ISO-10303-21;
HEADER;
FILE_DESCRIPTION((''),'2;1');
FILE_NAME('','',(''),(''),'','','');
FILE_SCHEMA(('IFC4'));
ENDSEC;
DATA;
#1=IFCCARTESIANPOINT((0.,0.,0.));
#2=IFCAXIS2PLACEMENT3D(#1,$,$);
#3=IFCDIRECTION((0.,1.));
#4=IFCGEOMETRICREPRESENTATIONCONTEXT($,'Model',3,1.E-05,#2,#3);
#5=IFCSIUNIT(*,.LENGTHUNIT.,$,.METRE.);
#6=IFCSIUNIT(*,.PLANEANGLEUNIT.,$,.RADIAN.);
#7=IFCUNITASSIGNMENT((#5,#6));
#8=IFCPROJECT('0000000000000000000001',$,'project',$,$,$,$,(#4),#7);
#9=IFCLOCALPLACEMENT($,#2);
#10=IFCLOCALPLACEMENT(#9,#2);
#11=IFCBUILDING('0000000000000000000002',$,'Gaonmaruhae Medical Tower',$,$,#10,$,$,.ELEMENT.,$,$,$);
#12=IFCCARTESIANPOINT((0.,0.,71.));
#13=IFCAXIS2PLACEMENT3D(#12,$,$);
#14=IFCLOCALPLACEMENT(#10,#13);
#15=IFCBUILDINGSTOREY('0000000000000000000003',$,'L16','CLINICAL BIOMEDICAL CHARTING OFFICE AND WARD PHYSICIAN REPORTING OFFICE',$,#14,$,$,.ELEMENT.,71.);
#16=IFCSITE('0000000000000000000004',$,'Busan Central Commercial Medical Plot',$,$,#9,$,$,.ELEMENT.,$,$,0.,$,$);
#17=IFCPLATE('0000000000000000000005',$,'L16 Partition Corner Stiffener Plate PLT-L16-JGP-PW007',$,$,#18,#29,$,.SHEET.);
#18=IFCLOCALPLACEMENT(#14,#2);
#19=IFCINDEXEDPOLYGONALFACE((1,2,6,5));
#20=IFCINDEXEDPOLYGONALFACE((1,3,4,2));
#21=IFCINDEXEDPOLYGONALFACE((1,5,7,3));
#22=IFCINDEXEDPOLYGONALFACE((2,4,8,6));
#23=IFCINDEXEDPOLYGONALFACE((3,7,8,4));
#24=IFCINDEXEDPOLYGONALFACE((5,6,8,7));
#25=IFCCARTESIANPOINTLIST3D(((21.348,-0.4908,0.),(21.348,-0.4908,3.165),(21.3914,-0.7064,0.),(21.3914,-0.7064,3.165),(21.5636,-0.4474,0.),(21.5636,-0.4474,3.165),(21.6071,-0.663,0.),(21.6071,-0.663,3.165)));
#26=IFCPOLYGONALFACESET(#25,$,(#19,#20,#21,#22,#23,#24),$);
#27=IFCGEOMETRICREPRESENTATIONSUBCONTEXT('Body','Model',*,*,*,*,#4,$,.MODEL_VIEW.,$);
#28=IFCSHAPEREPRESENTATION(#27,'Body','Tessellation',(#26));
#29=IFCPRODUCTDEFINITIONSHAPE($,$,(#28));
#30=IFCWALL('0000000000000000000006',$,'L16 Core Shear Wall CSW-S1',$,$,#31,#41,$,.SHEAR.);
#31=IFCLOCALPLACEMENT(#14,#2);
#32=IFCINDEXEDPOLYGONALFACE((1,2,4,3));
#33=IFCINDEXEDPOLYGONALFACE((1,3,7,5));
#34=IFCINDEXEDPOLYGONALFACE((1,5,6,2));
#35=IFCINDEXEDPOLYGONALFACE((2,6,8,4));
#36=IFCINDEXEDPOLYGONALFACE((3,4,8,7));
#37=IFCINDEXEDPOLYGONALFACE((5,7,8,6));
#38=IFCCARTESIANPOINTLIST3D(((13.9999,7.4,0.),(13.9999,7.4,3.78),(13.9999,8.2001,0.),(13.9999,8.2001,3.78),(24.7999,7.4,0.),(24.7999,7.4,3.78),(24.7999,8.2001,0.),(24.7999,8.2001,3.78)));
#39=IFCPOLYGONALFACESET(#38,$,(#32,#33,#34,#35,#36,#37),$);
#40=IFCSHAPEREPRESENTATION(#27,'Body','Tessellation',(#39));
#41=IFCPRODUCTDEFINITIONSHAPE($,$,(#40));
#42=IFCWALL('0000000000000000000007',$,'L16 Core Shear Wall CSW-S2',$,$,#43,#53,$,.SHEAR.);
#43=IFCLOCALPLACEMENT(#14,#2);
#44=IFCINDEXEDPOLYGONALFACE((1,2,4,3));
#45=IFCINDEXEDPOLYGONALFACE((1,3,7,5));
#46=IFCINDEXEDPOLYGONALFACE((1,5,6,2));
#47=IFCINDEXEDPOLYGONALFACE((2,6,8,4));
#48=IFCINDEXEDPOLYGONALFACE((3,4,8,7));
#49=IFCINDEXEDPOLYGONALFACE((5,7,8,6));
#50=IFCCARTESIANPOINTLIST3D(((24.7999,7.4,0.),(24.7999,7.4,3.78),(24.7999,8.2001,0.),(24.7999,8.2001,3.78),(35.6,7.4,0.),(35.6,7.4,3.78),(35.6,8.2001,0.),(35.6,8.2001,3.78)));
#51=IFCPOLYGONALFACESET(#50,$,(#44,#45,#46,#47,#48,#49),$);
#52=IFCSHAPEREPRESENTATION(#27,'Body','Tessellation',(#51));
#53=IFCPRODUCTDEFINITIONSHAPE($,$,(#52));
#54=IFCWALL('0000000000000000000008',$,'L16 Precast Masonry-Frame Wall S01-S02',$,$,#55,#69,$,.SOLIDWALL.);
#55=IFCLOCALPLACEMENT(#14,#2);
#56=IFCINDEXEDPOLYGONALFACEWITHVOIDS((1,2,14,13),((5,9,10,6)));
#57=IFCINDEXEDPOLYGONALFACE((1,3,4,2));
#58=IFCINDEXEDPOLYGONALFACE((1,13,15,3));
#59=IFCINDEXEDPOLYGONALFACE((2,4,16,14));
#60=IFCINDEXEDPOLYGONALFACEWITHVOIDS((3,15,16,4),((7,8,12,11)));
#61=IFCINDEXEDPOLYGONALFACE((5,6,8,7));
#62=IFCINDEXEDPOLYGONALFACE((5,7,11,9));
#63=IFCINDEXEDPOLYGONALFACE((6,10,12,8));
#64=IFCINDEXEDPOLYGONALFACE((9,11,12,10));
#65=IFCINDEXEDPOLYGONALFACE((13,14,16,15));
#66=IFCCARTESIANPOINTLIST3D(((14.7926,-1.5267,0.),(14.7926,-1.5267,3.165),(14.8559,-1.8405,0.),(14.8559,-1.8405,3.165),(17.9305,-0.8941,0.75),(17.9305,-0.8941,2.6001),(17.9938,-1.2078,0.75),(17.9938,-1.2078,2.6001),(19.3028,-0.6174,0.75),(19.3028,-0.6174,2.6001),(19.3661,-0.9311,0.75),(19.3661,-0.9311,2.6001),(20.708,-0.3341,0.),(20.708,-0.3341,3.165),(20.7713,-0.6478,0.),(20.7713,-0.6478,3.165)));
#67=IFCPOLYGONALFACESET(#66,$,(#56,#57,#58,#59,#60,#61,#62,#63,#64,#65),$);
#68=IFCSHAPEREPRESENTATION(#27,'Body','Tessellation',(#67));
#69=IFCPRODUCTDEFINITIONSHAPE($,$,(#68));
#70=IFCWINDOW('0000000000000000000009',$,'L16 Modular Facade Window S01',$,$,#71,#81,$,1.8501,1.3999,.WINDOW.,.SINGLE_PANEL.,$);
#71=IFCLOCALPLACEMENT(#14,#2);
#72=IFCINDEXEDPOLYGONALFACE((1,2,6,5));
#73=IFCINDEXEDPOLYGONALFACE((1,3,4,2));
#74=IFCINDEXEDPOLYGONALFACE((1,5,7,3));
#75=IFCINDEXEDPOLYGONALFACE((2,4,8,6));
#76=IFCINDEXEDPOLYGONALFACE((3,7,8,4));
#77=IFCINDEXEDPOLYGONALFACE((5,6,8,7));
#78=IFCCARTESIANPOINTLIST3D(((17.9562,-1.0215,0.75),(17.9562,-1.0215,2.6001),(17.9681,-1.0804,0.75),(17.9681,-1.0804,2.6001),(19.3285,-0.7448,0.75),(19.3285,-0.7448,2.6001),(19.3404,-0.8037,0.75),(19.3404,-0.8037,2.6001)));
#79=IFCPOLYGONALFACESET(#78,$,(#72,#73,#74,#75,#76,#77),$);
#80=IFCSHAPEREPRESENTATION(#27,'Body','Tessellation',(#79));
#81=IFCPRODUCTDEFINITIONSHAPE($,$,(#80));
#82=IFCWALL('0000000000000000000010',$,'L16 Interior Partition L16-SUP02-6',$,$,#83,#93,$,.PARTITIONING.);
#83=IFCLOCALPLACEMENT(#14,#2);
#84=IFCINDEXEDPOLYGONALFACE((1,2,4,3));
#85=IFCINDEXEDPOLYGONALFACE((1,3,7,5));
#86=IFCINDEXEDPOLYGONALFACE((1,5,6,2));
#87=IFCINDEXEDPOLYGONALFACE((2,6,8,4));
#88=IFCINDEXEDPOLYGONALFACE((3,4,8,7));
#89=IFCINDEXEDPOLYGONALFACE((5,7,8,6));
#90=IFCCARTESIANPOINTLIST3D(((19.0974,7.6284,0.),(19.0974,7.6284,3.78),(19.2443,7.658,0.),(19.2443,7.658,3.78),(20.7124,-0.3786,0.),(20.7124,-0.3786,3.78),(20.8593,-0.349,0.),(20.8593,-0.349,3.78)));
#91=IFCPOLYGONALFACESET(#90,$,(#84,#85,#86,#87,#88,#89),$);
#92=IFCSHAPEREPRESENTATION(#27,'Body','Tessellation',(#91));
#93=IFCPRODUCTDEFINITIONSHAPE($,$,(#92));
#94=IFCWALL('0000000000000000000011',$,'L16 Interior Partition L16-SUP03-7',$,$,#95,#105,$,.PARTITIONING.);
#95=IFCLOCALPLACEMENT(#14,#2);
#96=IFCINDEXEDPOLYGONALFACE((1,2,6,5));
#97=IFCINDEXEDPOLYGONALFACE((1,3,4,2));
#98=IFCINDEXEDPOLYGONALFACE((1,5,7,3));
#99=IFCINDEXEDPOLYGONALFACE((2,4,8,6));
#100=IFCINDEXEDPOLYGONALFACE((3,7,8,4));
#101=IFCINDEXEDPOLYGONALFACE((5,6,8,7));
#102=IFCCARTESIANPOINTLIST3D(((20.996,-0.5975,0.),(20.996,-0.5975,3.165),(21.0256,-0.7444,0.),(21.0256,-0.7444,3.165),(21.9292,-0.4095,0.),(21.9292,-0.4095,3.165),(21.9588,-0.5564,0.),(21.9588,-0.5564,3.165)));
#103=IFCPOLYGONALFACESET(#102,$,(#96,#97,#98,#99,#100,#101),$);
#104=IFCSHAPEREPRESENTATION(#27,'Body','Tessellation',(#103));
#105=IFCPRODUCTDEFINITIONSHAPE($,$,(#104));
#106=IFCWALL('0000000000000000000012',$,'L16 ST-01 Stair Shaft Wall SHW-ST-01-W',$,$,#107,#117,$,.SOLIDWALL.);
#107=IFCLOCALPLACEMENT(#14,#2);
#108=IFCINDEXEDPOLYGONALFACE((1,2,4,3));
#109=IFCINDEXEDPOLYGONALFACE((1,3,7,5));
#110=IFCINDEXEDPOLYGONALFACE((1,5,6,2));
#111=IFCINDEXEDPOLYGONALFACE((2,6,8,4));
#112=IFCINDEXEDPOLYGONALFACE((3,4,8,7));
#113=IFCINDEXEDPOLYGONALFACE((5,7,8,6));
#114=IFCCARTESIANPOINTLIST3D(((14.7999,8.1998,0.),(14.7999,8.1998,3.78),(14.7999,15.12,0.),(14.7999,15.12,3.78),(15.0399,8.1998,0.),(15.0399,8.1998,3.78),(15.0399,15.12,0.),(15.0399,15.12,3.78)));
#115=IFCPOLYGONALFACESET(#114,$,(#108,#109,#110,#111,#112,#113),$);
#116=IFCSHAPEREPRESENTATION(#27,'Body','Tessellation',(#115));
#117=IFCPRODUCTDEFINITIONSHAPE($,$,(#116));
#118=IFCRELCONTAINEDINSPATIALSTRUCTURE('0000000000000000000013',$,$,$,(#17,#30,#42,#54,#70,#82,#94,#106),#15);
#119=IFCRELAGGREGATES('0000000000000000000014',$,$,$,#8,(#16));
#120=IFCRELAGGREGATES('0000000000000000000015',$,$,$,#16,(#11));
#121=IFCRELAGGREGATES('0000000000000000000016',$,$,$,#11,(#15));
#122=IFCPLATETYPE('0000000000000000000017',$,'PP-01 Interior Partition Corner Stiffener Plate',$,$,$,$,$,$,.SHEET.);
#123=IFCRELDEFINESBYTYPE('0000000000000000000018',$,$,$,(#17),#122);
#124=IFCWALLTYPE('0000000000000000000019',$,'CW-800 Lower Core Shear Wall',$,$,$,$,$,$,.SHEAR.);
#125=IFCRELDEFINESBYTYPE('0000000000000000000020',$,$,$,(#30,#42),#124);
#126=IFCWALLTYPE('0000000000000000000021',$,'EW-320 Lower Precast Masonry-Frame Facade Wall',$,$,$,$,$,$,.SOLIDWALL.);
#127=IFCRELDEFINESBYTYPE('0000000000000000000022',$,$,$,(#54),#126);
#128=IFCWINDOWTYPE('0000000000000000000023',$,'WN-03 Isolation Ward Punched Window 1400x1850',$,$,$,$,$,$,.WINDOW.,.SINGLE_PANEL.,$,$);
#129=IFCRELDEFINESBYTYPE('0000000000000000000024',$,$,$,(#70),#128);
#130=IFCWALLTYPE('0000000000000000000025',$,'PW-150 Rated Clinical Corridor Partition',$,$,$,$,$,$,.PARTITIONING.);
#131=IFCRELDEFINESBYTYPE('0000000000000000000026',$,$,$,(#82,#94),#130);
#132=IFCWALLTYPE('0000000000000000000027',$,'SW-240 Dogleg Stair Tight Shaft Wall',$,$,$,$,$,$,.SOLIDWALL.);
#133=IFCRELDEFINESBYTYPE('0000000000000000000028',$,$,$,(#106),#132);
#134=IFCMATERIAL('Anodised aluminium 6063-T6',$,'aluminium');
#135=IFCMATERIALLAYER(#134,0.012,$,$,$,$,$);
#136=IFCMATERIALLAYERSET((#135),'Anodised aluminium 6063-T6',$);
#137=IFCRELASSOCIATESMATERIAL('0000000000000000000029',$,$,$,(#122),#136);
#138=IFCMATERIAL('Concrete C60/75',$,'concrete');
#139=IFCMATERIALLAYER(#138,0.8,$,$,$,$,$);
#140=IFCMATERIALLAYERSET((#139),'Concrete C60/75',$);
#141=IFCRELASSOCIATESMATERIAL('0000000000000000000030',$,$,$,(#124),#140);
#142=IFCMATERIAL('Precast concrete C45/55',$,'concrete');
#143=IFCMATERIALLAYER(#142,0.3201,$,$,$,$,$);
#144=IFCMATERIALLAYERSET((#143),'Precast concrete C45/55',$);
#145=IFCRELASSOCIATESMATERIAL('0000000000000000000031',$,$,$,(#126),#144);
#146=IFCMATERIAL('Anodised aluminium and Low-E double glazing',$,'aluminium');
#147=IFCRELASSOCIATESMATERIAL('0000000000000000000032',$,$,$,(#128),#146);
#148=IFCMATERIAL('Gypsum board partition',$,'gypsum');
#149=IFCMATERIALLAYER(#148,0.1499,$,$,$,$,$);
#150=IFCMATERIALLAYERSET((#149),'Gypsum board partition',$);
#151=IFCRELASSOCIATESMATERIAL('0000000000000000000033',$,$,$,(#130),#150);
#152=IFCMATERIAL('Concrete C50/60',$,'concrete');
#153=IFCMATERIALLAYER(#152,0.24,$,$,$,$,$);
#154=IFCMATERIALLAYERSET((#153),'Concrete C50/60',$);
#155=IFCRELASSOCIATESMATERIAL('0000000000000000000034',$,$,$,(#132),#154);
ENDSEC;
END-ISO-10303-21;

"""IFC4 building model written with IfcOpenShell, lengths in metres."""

from ifc_helpers import new_model, si_unit, direction, frame, frame_2d, origin, origin_2d, place, context, subcontext, project, spatial, rectangle, extrude, material, layer, layer_set, type_object, element, fill, save


model = new_model("IFC4")

# Units and contexts
model_context = context("Model", 3, precision=1e-05, world=origin(), true_north=direction((0.0, 1.0)))
body_context = subcontext(model_context, "Body", "Model", "MODEL_VIEW")
ifc_project = project(units=[si_unit("LENGTHUNIT", "METRE"), si_unit("PLANEANGLEUNIT", "RADIAN")], contexts=[model_context])

# Site, building, storey
site_placement = place(None, origin())
site = spatial("IfcSite", under=ifc_project, at=site_placement, Name="Busan Central Commercial Medical Plot", CompositionType="ELEMENT", RefElevation=0.0)
building_placement = place(site_placement, origin())
building = spatial("IfcBuilding", under=site, at=building_placement, Name="Gaonmaruhae Medical Tower", CompositionType="ELEMENT")
storey_placement = place(building_placement, frame((0.0, 0.0, 71.0)))
storey = spatial("IfcBuildingStorey", under=building, at=storey_placement, Name="L16", Description="CLINICAL BIOMEDICAL CHARTING OFFICE AND WARD PHYSICIAN REPORTING OFFICE", CompositionType="ELEMENT", Elevation=71.0)

# Shared definitions
ifc_material_1 = material(Name="Concrete C60/75", Category="concrete")

# Plate
ifc_material_2 = material(Name="Anodised aluminium 6063-T6", Category="aluminium")
ifc_layer_1 = layer(ifc_material_2, 0.012)
ifc_layer_set_1 = layer_set([ifc_layer_1], Name="Anodised aluminium 6063-T6")
plate_type = type_object("IfcPlateType", Name="PP-01 Interior Partition Corner Stiffener Plate", PredefinedType="SHEET", material=ifc_layer_set_1)
plate_placement = place(storey_placement, frame((21.4775, -0.5769, 0.0), z_axis=(0.0, 0.0, 1.0), x_axis=(-0.980295, -0.197538, 0.0)))
element("IfcPlate", 1, at=plate_placement, inside=storey, type_object=plate_type, Name="L16 Partition Corner Stiffener Plate PLT-L16-JGP-PW007", PredefinedType="SHEET", context=body_context, shape_type="SweptSolid", body=[
    extrude(rectangle(XDim=0.22, YDim=0.22, at=origin_2d()), origin(), (0.0, 0.0, 1.0), 3.165),
])

# Walls
ifc_layer_2 = layer(ifc_material_1, 0.8)
ifc_layer_set_2 = layer_set([ifc_layer_2], Name="Concrete C60/75")
wall_type_1 = type_object("IfcWallType", Name="CW-800 Lower Core Shear Wall", PredefinedType="SHEAR", material=ifc_layer_set_2)
for number, where, z_axis, x_axis, name in (
    (2, (14.0, 7.8, 0.0), (0.0, 0.0, 1.0), (1.0, 0.0, 0.0), "L16 Core Shear Wall CSW-S1"),
    (3, (24.8, 7.8, 0.0), (0.0, 0.0, 1.0), (1.0, 0.0, 0.0), "L16 Core Shear Wall CSW-S2"),
):
    element("IfcWall", number, at=place(storey_placement, frame(where, z_axis=z_axis, x_axis=x_axis)), inside=storey, type_object=wall_type_1, Name=name, PredefinedType="SHEAR", context=body_context, shape_type="SweptSolid", body=[
        extrude(rectangle(XDim=10.8, YDim=0.8, at=frame_2d((5.3999, 0.0))), origin(), (0.0, 0.0, 1.0), 3.78),
    ])

# Wall, opening, window
ifc_material_3 = material(Name="Precast concrete C45/55", Category="concrete")
ifc_layer_3 = layer(ifc_material_3, 0.3201)
ifc_layer_set_3 = layer_set([ifc_layer_3], Name="Precast concrete C45/55")
wall_type_2 = type_object("IfcWallType", Name="EW-320 Lower Precast Masonry-Frame Facade Wall", PredefinedType="SOLIDWALL", material=ifc_layer_set_3)
wall_1_placement = place(storey_placement, frame((20.7395, -0.491, 0.0), z_axis=(0.0, 0.0, 1.0), x_axis=(-0.980274, -0.197641, 0.0)))
wall_1 = element("IfcWall", 4, at=wall_1_placement, inside=storey, type_object=wall_type_2, Name="L16 Precast Masonry-Frame Wall S01-S02", PredefinedType="SOLIDWALL", context=body_context, shape_type="SweptSolid", body=[
    extrude(rectangle(XDim=6.0344, YDim=0.3201, at=frame_2d((3.0171, 0.0))), origin(), (0.0, 0.0, 1.0), 3.165),
])
opening_1_placement = place(wall_1_placement, frame((1.4333, 0.0, 0.75)))
opening_1 = element("IfcOpeningElement", 5, at=opening_1_placement, cuts=wall_1, PredefinedType="OPENING", context=body_context, shape_type="SweptSolid", body=[
    extrude(rectangle(XDim=1.3999, YDim=1.8501, at=frame_2d((0.7, 0.925))), frame((0.0, 0.1699, 0.0), z_axis=(0.0, -1.0, 0.0), x_axis=(1.0, 0.0, 0.0)), (0.0, 0.0, 1.0), 0.3401),
])
ifc_material_4 = material(Name="Anodised aluminium and Low-E double glazing", Category="aluminium")
window_type = type_object("IfcWindowType", Name="WN-03 Isolation Ward Punched Window 1400x1850", PartitioningType="SINGLE_PANEL", PredefinedType="WINDOW", material=ifc_material_4)
window_placement = place(opening_1_placement, origin())
window = element("IfcWindow", 6, at=window_placement, inside=storey, type_object=window_type, Name="L16 Modular Facade Window S01", OverallHeight=1.8501, OverallWidth=1.3999, PartitioningType="SINGLE_PANEL", PredefinedType="WINDOW", context=body_context, shape_type="SweptSolid", body=[
    extrude(rectangle(XDim=1.3999, YDim=1.8501, at=frame_2d((0.7, 0.925))), frame((0.0, 0.03, 0.0), z_axis=(0.0, -1.0, 0.0), x_axis=(1.0, 0.0, 0.0)), (0.0, 0.0, 1.0), 0.0601),
])
fill(opening_1, window)

# Walls
ifc_material_5 = material(Name="Gypsum board partition", Category="gypsum")
ifc_layer_4 = layer(ifc_material_5, 0.1499)
ifc_layer_set_4 = layer_set([ifc_layer_4], Name="Gypsum board partition")
wall_type_3 = type_object("IfcWallType", Name="PW-150 Rated Clinical Corridor Partition", PredefinedType="PARTITIONING", material=ifc_layer_set_4)
wall_2_placement = place(storey_placement, frame((19.1709, 7.6431, 0.0), z_axis=(0.0, 0.0, 1.0), x_axis=(0.197714, -0.98026, 0.0)))
element("IfcWall", 7, at=wall_2_placement, inside=storey, type_object=wall_type_3, Name="L16 Interior Partition L16-SUP02-6", PredefinedType="PARTITIONING", context=body_context, shape_type="SweptSolid", body=[
    extrude(rectangle(XDim=8.1682, YDim=0.1499, at=frame_2d((4.084, 0.0))), origin(), (0.0, 0.0, 1.0), 3.78),
])
wall_3_placement = place(storey_placement, frame((21.9441, -0.4829, 0.0), z_axis=(0.0, 0.0, 1.0), x_axis=(-0.980303, -0.197497, 0.0)))
element("IfcWall", 8, at=wall_3_placement, inside=storey, type_object=wall_type_3, Name="L16 Interior Partition L16-SUP03-7", PredefinedType="PARTITIONING", context=body_context, shape_type="SweptSolid", body=[
    extrude(rectangle(XDim=0.9519, YDim=0.1499, at=frame_2d((0.4761, 0.0))), origin(), (0.0, 0.0, 1.0), 3.165),
])
ifc_material_6 = material(Name="Concrete C50/60", Category="concrete")
ifc_layer_5 = layer(ifc_material_6, 0.24)
ifc_layer_set_5 = layer_set([ifc_layer_5], Name="Concrete C50/60")
wall_type_4 = type_object("IfcWallType", Name="SW-240 Dogleg Stair Tight Shaft Wall", PredefinedType="SOLIDWALL", material=ifc_layer_set_5)
wall_4_placement = place(storey_placement, frame((14.9199, 8.2, 0.0), z_axis=(0.0, 0.0, 1.0), x_axis=(0.0, 1.0, 0.0)))
element("IfcWall", 9, at=wall_4_placement, inside=storey, type_object=wall_type_4, Name="L16 ST-01 Stair Shaft Wall SHW-ST-01-W", PredefinedType="SOLIDWALL", context=body_context, shape_type="SweptSolid", body=[
    extrude(rectangle(XDim=6.9202, YDim=0.24, at=frame_2d((3.46, 0.0))), origin(), (0.0, 0.0, 1.0), 3.78),
])

save(model, "model.ifc")
